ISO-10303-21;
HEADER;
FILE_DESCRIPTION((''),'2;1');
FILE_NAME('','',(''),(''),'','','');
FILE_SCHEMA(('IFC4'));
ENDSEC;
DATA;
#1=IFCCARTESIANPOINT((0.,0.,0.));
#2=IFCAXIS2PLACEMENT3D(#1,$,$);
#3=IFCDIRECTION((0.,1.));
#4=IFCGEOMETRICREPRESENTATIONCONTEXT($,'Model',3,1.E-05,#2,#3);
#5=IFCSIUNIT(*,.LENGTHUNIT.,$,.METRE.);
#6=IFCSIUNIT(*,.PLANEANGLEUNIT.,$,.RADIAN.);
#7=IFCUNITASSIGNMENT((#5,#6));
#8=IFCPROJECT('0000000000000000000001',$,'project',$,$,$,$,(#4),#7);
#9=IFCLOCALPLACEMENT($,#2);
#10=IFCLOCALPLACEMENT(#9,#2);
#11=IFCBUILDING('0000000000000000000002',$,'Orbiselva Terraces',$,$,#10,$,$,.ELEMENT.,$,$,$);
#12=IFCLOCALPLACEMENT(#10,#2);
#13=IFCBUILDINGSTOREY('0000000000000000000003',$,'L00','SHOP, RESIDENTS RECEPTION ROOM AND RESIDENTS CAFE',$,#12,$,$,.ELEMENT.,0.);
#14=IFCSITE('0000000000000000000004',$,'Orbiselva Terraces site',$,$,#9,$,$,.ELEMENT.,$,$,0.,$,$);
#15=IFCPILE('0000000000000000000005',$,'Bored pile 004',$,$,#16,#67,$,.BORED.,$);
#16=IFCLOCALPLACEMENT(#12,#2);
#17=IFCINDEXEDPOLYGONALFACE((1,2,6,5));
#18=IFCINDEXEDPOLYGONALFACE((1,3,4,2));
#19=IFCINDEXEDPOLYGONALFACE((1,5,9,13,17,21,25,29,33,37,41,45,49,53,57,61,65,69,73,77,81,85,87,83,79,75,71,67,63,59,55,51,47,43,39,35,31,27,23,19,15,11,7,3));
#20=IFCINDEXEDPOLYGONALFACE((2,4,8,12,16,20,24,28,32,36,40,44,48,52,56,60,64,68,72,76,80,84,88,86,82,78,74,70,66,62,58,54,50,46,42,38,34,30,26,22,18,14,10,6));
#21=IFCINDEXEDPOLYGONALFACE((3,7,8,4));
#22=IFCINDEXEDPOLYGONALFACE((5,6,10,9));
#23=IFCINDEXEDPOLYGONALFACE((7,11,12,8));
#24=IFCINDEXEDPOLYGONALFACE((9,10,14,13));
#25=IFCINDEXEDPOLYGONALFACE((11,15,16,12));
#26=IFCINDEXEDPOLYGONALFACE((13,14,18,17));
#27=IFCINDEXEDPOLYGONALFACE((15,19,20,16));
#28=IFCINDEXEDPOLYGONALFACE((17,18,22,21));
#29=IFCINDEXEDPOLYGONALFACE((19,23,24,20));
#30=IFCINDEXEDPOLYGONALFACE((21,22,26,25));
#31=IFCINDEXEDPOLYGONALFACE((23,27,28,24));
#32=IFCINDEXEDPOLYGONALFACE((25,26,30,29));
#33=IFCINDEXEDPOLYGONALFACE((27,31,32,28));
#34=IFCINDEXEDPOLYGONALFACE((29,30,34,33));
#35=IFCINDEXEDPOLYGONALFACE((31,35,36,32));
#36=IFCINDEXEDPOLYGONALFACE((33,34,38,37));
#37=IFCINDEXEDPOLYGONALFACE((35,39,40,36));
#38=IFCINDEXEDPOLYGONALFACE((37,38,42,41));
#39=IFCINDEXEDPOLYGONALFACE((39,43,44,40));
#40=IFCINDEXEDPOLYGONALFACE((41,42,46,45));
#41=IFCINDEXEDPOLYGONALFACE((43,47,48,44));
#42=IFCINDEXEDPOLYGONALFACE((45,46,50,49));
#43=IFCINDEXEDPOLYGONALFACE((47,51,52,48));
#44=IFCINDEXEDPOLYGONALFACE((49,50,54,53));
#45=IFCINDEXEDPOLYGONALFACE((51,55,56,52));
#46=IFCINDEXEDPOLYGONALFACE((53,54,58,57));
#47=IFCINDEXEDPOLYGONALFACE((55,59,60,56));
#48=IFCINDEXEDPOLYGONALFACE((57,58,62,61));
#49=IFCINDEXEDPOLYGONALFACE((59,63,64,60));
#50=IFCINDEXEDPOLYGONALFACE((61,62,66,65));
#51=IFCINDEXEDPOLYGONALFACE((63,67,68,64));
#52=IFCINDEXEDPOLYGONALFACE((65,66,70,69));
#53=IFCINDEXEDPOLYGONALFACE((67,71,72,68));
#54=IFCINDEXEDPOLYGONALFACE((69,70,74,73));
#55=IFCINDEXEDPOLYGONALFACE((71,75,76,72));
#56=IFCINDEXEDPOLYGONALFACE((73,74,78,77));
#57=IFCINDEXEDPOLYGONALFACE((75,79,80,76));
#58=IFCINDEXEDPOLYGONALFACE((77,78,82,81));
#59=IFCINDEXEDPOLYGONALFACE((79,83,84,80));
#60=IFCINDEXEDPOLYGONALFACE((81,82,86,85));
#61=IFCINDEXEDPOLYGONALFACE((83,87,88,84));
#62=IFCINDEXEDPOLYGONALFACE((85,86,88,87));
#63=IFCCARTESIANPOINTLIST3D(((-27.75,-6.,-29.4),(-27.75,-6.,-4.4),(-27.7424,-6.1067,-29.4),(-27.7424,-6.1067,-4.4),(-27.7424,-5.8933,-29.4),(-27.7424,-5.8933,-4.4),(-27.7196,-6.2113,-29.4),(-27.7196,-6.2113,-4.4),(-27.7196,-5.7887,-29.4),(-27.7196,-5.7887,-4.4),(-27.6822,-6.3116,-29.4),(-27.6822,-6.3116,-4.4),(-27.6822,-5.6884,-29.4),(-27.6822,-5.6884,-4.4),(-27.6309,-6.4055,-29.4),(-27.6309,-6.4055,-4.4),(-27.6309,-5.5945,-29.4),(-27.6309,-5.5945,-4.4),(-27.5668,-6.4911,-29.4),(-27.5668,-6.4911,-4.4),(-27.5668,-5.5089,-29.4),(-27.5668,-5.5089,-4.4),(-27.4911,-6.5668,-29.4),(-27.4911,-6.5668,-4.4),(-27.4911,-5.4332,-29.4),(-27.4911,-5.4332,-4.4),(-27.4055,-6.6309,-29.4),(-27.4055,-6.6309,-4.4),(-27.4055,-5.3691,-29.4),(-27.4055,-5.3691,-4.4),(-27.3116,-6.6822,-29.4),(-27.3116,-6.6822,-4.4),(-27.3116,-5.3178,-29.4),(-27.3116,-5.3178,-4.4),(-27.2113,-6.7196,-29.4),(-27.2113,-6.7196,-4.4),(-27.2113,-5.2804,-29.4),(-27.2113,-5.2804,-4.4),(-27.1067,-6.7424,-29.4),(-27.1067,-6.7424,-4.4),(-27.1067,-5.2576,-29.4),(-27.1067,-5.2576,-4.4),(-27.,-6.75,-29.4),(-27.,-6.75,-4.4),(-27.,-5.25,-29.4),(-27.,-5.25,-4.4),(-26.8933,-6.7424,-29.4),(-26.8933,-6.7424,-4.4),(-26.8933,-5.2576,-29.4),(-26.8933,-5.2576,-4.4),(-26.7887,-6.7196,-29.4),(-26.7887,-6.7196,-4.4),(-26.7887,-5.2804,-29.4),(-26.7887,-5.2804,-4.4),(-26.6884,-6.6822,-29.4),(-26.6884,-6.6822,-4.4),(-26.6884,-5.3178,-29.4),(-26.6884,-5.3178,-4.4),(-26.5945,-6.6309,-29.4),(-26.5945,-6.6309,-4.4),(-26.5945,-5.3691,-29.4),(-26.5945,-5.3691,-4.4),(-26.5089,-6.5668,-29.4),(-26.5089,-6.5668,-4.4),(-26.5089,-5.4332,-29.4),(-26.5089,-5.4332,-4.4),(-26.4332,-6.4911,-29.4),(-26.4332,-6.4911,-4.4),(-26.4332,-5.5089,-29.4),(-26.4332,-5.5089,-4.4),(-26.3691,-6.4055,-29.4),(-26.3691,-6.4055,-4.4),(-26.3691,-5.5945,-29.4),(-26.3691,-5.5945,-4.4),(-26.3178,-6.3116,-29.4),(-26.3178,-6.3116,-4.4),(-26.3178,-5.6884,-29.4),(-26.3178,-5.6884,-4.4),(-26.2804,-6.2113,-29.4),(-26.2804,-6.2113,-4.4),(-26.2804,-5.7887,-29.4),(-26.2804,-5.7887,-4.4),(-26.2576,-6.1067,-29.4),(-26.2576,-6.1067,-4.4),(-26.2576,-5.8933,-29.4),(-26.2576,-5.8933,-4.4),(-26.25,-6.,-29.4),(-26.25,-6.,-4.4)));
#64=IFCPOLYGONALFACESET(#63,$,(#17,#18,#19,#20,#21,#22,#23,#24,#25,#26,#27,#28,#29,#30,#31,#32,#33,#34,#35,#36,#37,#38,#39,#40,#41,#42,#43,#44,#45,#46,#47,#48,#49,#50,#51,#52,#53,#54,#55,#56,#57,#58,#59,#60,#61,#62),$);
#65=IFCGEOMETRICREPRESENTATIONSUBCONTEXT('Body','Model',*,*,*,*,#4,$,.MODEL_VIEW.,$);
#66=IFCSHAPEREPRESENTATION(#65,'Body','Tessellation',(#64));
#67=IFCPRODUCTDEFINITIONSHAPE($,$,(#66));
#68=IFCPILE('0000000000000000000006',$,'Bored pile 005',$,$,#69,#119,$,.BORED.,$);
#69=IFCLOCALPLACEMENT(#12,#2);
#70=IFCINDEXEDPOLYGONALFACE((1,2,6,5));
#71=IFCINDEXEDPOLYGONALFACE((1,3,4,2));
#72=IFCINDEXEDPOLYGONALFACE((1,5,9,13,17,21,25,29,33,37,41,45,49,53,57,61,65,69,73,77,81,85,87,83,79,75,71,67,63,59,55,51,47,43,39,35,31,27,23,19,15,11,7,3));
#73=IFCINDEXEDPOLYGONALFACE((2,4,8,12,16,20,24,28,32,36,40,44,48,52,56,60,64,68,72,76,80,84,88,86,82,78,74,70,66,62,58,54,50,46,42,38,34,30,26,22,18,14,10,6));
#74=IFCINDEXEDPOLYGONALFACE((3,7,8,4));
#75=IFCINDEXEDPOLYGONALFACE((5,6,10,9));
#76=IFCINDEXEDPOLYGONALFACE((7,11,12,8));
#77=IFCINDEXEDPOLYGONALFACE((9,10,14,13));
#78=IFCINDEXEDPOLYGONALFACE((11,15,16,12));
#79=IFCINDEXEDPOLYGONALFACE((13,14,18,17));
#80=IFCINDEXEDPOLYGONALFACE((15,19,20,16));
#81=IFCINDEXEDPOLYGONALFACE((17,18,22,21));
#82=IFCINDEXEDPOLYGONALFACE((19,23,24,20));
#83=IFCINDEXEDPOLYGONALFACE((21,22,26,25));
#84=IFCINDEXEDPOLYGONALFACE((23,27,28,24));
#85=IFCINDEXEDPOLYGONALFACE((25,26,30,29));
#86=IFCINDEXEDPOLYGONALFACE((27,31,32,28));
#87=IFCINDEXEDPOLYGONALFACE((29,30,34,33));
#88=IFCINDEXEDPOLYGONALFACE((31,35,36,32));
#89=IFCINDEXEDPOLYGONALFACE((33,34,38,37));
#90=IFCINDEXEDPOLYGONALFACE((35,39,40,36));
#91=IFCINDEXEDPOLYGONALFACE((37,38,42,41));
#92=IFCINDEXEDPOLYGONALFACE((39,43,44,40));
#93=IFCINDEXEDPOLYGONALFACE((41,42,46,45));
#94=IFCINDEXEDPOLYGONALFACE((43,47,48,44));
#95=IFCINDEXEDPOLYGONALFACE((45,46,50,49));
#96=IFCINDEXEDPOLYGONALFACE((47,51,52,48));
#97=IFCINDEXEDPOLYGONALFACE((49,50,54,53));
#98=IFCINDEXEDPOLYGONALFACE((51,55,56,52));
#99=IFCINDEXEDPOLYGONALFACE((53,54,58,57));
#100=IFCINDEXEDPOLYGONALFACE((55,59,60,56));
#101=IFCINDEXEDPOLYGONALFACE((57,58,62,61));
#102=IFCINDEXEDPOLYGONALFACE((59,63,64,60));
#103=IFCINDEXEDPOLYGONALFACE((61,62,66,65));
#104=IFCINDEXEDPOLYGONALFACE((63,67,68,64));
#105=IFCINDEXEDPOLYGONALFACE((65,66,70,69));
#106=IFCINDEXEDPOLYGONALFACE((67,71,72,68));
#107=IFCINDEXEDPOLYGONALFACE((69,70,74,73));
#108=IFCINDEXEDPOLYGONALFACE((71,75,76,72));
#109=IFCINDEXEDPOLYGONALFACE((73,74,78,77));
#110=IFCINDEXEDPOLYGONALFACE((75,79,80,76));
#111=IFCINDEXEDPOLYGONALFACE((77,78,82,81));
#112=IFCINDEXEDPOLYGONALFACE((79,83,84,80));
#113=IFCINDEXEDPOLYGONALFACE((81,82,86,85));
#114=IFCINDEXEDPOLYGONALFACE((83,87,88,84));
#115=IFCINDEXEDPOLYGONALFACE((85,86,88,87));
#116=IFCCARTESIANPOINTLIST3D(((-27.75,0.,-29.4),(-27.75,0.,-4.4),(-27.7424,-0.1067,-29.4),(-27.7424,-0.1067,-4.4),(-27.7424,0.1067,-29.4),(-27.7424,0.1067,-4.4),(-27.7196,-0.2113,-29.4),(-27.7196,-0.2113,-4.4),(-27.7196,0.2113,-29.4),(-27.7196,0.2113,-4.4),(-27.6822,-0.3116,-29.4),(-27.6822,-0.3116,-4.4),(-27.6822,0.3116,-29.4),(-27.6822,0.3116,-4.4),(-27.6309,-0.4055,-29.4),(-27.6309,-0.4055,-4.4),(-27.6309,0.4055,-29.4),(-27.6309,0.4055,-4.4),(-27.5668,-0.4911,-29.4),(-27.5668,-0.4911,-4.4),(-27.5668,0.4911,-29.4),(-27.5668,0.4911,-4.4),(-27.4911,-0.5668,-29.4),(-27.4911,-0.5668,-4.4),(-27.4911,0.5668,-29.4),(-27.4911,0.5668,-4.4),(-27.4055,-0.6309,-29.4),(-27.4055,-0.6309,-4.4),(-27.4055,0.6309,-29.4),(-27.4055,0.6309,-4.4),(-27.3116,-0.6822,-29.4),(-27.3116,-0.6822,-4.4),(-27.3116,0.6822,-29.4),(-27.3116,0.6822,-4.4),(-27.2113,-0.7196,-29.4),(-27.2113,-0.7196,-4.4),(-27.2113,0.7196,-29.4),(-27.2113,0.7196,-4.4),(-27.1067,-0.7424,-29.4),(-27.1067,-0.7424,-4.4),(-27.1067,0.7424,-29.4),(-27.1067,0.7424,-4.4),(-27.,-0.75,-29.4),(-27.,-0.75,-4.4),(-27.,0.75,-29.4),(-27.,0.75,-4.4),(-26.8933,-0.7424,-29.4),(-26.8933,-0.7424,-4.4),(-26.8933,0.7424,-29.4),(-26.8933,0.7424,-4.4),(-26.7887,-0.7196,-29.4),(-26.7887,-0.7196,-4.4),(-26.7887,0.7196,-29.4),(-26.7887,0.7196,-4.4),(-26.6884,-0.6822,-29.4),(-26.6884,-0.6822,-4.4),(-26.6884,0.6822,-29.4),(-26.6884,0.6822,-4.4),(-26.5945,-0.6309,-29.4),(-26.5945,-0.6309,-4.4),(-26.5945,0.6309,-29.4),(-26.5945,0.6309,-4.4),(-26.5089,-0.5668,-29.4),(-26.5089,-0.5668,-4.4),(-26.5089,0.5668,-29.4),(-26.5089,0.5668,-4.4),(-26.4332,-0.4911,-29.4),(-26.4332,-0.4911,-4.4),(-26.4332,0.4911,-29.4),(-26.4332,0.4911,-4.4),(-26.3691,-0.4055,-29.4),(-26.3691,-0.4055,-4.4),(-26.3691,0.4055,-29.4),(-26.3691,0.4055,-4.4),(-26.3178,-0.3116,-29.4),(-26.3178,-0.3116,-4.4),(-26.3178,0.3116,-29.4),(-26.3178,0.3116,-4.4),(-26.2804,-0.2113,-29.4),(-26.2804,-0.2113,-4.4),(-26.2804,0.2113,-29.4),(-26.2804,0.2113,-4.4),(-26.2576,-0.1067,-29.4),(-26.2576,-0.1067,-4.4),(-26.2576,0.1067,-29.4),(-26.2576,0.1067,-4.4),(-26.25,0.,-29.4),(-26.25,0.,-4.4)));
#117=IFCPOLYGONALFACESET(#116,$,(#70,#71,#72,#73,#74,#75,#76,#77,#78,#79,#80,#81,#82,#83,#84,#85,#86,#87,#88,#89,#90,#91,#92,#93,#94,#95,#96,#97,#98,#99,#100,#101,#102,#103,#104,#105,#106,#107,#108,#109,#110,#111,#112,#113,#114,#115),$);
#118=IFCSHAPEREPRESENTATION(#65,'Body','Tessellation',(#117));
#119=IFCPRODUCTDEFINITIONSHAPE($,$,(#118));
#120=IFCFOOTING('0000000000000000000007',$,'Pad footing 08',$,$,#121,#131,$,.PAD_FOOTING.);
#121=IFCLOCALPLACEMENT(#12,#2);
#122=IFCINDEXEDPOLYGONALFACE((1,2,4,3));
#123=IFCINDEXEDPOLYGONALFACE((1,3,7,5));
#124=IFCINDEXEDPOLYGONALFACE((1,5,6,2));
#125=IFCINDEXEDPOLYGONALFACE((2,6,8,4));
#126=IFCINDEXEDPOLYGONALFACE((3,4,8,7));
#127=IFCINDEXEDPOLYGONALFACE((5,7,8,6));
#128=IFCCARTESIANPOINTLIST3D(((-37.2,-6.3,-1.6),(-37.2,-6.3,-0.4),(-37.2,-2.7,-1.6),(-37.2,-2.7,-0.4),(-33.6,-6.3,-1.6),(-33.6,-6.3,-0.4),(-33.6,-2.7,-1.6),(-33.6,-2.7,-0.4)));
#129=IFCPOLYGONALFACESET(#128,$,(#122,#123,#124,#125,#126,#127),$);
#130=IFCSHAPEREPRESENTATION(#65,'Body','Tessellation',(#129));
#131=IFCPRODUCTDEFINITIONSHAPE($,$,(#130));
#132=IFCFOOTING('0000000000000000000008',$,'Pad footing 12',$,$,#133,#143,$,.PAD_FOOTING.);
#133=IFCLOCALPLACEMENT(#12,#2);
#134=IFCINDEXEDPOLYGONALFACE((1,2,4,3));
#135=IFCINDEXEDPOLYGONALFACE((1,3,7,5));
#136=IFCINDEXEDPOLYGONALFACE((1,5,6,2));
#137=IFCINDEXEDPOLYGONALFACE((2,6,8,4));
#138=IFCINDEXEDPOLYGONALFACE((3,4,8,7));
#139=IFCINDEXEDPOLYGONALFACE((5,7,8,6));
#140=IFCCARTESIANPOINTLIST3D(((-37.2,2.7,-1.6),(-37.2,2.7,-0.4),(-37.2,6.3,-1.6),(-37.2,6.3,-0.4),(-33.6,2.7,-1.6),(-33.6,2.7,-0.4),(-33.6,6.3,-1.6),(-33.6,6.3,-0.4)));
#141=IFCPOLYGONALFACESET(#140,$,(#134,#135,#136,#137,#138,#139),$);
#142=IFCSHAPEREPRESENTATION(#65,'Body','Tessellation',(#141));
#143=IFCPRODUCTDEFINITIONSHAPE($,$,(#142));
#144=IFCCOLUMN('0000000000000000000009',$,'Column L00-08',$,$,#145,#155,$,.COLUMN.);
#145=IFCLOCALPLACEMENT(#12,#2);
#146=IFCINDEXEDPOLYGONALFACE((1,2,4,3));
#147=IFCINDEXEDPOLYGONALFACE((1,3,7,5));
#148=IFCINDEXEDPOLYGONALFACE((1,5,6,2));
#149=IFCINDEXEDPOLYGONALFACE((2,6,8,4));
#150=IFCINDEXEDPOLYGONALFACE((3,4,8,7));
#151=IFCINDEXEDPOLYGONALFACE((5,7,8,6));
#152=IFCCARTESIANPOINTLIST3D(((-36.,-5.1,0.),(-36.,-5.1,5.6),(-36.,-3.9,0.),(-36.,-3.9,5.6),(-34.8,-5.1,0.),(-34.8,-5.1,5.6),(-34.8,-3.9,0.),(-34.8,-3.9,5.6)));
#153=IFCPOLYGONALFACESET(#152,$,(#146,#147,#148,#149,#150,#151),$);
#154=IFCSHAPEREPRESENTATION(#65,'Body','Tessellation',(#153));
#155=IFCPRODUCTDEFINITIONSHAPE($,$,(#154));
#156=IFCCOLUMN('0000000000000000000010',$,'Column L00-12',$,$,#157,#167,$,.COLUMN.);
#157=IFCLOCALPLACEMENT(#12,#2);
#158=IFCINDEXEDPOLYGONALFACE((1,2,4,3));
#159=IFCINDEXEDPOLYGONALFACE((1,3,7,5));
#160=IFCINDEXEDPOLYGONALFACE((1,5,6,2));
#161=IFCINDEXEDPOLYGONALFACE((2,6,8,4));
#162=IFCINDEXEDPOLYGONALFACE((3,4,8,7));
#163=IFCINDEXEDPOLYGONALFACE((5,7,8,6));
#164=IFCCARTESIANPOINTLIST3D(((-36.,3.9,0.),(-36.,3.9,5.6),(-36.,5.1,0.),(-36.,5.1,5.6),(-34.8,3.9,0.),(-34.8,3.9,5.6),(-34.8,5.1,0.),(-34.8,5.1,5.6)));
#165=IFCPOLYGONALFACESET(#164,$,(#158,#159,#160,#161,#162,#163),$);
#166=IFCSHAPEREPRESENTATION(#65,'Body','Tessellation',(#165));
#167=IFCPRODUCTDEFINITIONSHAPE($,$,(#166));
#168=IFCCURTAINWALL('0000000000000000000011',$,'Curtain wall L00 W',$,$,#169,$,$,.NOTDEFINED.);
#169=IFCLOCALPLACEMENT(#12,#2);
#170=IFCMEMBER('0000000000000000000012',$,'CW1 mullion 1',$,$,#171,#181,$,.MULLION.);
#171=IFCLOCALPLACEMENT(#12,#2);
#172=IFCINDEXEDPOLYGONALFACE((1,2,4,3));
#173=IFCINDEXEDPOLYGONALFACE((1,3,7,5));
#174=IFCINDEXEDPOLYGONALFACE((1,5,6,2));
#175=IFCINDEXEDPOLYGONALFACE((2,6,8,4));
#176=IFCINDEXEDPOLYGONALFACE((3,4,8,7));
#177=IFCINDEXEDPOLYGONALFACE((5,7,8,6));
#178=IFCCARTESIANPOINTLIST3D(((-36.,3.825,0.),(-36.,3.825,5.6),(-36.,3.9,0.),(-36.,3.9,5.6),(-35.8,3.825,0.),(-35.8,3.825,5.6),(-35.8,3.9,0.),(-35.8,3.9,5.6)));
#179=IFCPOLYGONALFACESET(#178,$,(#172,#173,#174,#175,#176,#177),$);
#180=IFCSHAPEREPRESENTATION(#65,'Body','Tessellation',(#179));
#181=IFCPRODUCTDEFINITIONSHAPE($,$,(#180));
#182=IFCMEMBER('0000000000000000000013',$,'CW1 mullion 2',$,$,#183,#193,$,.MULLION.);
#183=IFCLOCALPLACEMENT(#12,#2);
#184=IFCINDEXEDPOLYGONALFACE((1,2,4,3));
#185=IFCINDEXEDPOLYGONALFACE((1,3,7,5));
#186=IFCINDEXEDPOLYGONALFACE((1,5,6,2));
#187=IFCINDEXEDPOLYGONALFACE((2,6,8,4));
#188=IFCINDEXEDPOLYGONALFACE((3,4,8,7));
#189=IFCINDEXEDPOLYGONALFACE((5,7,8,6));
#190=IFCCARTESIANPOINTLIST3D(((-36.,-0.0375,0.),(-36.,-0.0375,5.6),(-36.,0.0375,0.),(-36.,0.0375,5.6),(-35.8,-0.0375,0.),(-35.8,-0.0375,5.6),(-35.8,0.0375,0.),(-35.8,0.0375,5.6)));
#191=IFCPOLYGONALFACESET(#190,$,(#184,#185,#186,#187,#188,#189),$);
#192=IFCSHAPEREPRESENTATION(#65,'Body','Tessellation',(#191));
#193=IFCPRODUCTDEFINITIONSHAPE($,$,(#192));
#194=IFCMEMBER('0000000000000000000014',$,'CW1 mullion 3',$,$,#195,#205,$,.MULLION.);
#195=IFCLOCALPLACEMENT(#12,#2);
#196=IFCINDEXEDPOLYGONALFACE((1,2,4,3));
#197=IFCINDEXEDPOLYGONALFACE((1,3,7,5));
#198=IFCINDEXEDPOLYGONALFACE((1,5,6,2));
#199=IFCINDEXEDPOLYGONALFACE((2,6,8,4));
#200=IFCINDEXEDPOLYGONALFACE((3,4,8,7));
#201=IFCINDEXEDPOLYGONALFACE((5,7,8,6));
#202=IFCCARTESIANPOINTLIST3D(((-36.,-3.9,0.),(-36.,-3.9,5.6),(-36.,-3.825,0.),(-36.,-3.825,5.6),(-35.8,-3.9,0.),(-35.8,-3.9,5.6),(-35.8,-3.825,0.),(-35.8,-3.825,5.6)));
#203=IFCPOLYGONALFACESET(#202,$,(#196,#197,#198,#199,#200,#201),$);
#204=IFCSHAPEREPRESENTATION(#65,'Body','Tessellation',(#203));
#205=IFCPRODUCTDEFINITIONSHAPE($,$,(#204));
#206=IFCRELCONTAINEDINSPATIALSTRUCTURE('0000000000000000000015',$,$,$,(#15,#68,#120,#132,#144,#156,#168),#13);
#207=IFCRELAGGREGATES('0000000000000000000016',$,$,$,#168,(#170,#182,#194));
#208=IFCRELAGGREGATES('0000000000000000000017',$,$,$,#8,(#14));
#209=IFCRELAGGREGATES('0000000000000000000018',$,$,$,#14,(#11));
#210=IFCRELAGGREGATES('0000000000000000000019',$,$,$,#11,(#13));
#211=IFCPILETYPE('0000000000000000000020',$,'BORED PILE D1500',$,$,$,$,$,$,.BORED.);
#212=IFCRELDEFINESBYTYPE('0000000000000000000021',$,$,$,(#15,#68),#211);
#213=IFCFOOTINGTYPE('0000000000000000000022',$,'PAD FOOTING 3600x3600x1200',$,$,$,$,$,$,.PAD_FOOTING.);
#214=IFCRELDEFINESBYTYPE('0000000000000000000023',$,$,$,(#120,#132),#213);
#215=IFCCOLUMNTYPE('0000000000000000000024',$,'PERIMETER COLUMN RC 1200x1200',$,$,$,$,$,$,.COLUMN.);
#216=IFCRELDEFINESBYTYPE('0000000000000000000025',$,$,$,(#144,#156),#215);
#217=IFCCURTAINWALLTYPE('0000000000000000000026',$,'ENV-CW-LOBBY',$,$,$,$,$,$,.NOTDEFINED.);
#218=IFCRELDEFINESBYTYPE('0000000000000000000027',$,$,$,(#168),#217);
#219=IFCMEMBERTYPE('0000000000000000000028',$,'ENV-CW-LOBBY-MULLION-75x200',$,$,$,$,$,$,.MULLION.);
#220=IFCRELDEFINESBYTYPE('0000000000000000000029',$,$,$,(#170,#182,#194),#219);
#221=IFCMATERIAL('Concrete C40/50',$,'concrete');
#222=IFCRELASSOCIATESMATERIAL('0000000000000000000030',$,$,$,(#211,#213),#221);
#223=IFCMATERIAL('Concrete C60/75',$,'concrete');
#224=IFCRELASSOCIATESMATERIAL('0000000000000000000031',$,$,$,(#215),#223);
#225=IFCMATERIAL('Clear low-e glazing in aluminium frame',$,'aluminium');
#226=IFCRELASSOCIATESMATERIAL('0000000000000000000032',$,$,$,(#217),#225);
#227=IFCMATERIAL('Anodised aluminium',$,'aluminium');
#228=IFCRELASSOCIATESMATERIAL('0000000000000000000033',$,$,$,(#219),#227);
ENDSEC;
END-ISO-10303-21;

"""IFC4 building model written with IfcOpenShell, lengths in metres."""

from ifc_helpers import new_model, si_unit, direction, frame, origin, origin_2d, place, context, subcontext, project, spatial, rectangle, circle, extrude, material, material_profile, profile_set, type_object, element, aggregate, save


model = new_model("IFC4")

# Units and contexts
model_context = context("Model", 3, precision=1e-05, world=origin(), true_north=direction((0.0, 1.0)))
body_context = subcontext(model_context, "Body", "Model", "MODEL_VIEW")
ifc_project = project(units=[si_unit("LENGTHUNIT", "METRE"), si_unit("PLANEANGLEUNIT", "RADIAN")], contexts=[model_context])

# Site, building, storey
site_placement = place(None, origin())
site = spatial("IfcSite", under=ifc_project, at=site_placement, Name="Orbiselva Terraces site", CompositionType="ELEMENT", RefElevation=0.0)
building_placement = place(site_placement, origin())
building = spatial("IfcBuilding", under=site, at=building_placement, Name="Orbiselva Terraces", CompositionType="ELEMENT")
storey_placement = place(building_placement, origin())
storey = spatial("IfcBuildingStorey", under=building, at=storey_placement, Name="L00", Description="SHOP, RESIDENTS RECEPTION ROOM AND RESIDENTS CAFE", CompositionType="ELEMENT", Elevation=0.0)

# Piles
ifc_material_1 = material(Name="Concrete C40/50", Category="concrete")
ifc_material_profile_1 = material_profile(ifc_material_1, circle(Radius=0.75, at=origin_2d()), Name="D1500")
ifc_profile_set_1 = profile_set([ifc_material_profile_1], Name="Concrete C40/50")
pile_type = type_object("IfcPileType", Name="BORED PILE D1500", PredefinedType="BORED", material=ifc_profile_set_1)
for number, where, z_axis, x_axis, name in (
    (1, (-27.0, -6.0, -4.4), (0.0, 0.0, -1.0), (1.0, 0.0, 0.0), "Bored pile 004"),
    (2, (-27.0, 0.0, -4.4), (0.0, 0.0, -1.0), (1.0, 0.0, 0.0), "Bored pile 005"),
):
    element("IfcPile", number, at=place(storey_placement, frame(where, z_axis=z_axis, x_axis=x_axis)), inside=storey, type_object=pile_type, Name=name, PredefinedType="BORED", context=body_context, shape_type="SweptSolid", body=[
        extrude(circle(Radius=0.75, at=origin_2d()), origin(), (0.0, 0.0, 1.0), 25.0),
    ])

# Footings
footing_type = type_object("IfcFootingType", Name="PAD FOOTING 3600x3600x1200", PredefinedType="PAD_FOOTING", material=ifc_material_1)
for number, where, z_axis, x_axis, name in (
    (3, (-35.4, -4.5, -1.6), (0.0, 0.0, 1.0), (1.0, 0.0, 0.0), "Pad footing 08"),
    (4, (-35.4, 4.5, -1.6), (0.0, 0.0, 1.0), (1.0, 0.0, 0.0), "Pad footing 12"),
):
    element("IfcFooting", number, at=place(storey_placement, frame(where, z_axis=z_axis, x_axis=x_axis)), inside=storey, type_object=footing_type, Name=name, PredefinedType="PAD_FOOTING", context=body_context, shape_type="SweptSolid", body=[
        extrude(rectangle(XDim=3.6, YDim=3.6, at=origin_2d()), origin(), (0.0, 0.0, 1.0), 1.2),
    ])

# Columns
ifc_material_2 = material(Name="Concrete C60/75", Category="concrete")
ifc_material_profile_2 = material_profile(ifc_material_2, rectangle(XDim=1.2, YDim=1.2, at=origin_2d()), Name="RC 1200x1200")
ifc_profile_set_2 = profile_set([ifc_material_profile_2], Name="Concrete C60/75")
column_type = type_object("IfcColumnType", Name="PERIMETER COLUMN RC 1200x1200", PredefinedType="COLUMN", material=ifc_profile_set_2)
for number, where, z_axis, x_axis, name in (
    (5, (-35.4, -4.5, 0.0), (0.0, 0.0, 1.0), (1.0, 0.0, 0.0), "Column L00-08"),
    (6, (-35.4, 4.5, 0.0), (0.0, 0.0, 1.0), (1.0, 0.0, 0.0), "Column L00-12"),
):
    element("IfcColumn", number, at=place(storey_placement, frame(where, z_axis=z_axis, x_axis=x_axis)), inside=storey, type_object=column_type, Name=name, PredefinedType="COLUMN", context=body_context, shape_type="SweptSolid", body=[
        extrude(rectangle(XDim=1.2, YDim=1.2, at=origin_2d()), origin(), (0.0, 0.0, 1.0), 5.6),
    ])

# Curtain wall, members
ifc_material_3 = material(Name="Clear low-e glazing in aluminium frame", Category="aluminium")
curtain_wall_type = type_object("IfcCurtainWallType", Name="ENV-CW-LOBBY", PredefinedType="NOTDEFINED", material=ifc_material_3)
curtain_wall_1_placement = place(storey_placement, origin())
curtain_wall_1 = element("IfcCurtainWall", 7, at=curtain_wall_1_placement, inside=storey, type_object=curtain_wall_type, Name="Curtain wall L00 W", PredefinedType="NOTDEFINED")
ifc_material_4 = material(Name="Anodised aluminium", Category="aluminium")
ifc_material_profile_3 = material_profile(ifc_material_4, rectangle(XDim=0.2, YDim=0.075, at=origin_2d()), Name="AL 75x200")
ifc_profile_set_3 = profile_set([ifc_material_profile_3], Name="Anodised aluminium")
member_type_1 = type_object("IfcMemberType", Name="ENV-CW-LOBBY-MULLION-75x200", PredefinedType="MULLION", material=ifc_profile_set_3)
member_1_placement = place(storey_placement, frame((-35.9, 3.8625, 0.0), z_axis=(0.0, 0.0, 1.0), x_axis=(1.0, 0.0, 0.0)))
member_1 = element("IfcMember", 8, at=member_1_placement, type_object=member_type_1, Name="CW1 mullion 1", PredefinedType="MULLION", context=body_context, shape_type="SweptSolid", body=[
    extrude(rectangle(XDim=0.2, YDim=0.075, at=origin_2d()), origin(), (0.0, 0.0, 1.0), 5.6),
])
member_2_placement = place(storey_placement, frame((-35.9, 0.0, 0.0), z_axis=(0.0, 0.0, 1.0), x_axis=(1.0, 0.0, 0.0)))
member_2 = element("IfcMember", 9, at=member_2_placement, type_object=member_type_1, Name="CW1 mullion 2", PredefinedType="MULLION", context=body_context, shape_type="SweptSolid", body=[
    extrude(rectangle(XDim=0.2, YDim=0.075, at=origin_2d()), origin(), (0.0, 0.0, 1.0), 5.6),
])
member_3_placement = place(storey_placement, frame((-35.9, -3.8625, 0.0), z_axis=(0.0, 0.0, 1.0), x_axis=(1.0, 0.0, 0.0)))
member_3 = element("IfcMember", 10, at=member_3_placement, type_object=member_type_1, Name="CW1 mullion 3", PredefinedType="MULLION", context=body_context, shape_type="SweptSolid", body=[
    extrude(rectangle(XDim=0.2, YDim=0.075, at=origin_2d()), origin(), (0.0, 0.0, 1.0), 5.6),
])

aggregate(curtain_wall_1, [member_1, member_2, member_3])

save(model, "model.ifc")
